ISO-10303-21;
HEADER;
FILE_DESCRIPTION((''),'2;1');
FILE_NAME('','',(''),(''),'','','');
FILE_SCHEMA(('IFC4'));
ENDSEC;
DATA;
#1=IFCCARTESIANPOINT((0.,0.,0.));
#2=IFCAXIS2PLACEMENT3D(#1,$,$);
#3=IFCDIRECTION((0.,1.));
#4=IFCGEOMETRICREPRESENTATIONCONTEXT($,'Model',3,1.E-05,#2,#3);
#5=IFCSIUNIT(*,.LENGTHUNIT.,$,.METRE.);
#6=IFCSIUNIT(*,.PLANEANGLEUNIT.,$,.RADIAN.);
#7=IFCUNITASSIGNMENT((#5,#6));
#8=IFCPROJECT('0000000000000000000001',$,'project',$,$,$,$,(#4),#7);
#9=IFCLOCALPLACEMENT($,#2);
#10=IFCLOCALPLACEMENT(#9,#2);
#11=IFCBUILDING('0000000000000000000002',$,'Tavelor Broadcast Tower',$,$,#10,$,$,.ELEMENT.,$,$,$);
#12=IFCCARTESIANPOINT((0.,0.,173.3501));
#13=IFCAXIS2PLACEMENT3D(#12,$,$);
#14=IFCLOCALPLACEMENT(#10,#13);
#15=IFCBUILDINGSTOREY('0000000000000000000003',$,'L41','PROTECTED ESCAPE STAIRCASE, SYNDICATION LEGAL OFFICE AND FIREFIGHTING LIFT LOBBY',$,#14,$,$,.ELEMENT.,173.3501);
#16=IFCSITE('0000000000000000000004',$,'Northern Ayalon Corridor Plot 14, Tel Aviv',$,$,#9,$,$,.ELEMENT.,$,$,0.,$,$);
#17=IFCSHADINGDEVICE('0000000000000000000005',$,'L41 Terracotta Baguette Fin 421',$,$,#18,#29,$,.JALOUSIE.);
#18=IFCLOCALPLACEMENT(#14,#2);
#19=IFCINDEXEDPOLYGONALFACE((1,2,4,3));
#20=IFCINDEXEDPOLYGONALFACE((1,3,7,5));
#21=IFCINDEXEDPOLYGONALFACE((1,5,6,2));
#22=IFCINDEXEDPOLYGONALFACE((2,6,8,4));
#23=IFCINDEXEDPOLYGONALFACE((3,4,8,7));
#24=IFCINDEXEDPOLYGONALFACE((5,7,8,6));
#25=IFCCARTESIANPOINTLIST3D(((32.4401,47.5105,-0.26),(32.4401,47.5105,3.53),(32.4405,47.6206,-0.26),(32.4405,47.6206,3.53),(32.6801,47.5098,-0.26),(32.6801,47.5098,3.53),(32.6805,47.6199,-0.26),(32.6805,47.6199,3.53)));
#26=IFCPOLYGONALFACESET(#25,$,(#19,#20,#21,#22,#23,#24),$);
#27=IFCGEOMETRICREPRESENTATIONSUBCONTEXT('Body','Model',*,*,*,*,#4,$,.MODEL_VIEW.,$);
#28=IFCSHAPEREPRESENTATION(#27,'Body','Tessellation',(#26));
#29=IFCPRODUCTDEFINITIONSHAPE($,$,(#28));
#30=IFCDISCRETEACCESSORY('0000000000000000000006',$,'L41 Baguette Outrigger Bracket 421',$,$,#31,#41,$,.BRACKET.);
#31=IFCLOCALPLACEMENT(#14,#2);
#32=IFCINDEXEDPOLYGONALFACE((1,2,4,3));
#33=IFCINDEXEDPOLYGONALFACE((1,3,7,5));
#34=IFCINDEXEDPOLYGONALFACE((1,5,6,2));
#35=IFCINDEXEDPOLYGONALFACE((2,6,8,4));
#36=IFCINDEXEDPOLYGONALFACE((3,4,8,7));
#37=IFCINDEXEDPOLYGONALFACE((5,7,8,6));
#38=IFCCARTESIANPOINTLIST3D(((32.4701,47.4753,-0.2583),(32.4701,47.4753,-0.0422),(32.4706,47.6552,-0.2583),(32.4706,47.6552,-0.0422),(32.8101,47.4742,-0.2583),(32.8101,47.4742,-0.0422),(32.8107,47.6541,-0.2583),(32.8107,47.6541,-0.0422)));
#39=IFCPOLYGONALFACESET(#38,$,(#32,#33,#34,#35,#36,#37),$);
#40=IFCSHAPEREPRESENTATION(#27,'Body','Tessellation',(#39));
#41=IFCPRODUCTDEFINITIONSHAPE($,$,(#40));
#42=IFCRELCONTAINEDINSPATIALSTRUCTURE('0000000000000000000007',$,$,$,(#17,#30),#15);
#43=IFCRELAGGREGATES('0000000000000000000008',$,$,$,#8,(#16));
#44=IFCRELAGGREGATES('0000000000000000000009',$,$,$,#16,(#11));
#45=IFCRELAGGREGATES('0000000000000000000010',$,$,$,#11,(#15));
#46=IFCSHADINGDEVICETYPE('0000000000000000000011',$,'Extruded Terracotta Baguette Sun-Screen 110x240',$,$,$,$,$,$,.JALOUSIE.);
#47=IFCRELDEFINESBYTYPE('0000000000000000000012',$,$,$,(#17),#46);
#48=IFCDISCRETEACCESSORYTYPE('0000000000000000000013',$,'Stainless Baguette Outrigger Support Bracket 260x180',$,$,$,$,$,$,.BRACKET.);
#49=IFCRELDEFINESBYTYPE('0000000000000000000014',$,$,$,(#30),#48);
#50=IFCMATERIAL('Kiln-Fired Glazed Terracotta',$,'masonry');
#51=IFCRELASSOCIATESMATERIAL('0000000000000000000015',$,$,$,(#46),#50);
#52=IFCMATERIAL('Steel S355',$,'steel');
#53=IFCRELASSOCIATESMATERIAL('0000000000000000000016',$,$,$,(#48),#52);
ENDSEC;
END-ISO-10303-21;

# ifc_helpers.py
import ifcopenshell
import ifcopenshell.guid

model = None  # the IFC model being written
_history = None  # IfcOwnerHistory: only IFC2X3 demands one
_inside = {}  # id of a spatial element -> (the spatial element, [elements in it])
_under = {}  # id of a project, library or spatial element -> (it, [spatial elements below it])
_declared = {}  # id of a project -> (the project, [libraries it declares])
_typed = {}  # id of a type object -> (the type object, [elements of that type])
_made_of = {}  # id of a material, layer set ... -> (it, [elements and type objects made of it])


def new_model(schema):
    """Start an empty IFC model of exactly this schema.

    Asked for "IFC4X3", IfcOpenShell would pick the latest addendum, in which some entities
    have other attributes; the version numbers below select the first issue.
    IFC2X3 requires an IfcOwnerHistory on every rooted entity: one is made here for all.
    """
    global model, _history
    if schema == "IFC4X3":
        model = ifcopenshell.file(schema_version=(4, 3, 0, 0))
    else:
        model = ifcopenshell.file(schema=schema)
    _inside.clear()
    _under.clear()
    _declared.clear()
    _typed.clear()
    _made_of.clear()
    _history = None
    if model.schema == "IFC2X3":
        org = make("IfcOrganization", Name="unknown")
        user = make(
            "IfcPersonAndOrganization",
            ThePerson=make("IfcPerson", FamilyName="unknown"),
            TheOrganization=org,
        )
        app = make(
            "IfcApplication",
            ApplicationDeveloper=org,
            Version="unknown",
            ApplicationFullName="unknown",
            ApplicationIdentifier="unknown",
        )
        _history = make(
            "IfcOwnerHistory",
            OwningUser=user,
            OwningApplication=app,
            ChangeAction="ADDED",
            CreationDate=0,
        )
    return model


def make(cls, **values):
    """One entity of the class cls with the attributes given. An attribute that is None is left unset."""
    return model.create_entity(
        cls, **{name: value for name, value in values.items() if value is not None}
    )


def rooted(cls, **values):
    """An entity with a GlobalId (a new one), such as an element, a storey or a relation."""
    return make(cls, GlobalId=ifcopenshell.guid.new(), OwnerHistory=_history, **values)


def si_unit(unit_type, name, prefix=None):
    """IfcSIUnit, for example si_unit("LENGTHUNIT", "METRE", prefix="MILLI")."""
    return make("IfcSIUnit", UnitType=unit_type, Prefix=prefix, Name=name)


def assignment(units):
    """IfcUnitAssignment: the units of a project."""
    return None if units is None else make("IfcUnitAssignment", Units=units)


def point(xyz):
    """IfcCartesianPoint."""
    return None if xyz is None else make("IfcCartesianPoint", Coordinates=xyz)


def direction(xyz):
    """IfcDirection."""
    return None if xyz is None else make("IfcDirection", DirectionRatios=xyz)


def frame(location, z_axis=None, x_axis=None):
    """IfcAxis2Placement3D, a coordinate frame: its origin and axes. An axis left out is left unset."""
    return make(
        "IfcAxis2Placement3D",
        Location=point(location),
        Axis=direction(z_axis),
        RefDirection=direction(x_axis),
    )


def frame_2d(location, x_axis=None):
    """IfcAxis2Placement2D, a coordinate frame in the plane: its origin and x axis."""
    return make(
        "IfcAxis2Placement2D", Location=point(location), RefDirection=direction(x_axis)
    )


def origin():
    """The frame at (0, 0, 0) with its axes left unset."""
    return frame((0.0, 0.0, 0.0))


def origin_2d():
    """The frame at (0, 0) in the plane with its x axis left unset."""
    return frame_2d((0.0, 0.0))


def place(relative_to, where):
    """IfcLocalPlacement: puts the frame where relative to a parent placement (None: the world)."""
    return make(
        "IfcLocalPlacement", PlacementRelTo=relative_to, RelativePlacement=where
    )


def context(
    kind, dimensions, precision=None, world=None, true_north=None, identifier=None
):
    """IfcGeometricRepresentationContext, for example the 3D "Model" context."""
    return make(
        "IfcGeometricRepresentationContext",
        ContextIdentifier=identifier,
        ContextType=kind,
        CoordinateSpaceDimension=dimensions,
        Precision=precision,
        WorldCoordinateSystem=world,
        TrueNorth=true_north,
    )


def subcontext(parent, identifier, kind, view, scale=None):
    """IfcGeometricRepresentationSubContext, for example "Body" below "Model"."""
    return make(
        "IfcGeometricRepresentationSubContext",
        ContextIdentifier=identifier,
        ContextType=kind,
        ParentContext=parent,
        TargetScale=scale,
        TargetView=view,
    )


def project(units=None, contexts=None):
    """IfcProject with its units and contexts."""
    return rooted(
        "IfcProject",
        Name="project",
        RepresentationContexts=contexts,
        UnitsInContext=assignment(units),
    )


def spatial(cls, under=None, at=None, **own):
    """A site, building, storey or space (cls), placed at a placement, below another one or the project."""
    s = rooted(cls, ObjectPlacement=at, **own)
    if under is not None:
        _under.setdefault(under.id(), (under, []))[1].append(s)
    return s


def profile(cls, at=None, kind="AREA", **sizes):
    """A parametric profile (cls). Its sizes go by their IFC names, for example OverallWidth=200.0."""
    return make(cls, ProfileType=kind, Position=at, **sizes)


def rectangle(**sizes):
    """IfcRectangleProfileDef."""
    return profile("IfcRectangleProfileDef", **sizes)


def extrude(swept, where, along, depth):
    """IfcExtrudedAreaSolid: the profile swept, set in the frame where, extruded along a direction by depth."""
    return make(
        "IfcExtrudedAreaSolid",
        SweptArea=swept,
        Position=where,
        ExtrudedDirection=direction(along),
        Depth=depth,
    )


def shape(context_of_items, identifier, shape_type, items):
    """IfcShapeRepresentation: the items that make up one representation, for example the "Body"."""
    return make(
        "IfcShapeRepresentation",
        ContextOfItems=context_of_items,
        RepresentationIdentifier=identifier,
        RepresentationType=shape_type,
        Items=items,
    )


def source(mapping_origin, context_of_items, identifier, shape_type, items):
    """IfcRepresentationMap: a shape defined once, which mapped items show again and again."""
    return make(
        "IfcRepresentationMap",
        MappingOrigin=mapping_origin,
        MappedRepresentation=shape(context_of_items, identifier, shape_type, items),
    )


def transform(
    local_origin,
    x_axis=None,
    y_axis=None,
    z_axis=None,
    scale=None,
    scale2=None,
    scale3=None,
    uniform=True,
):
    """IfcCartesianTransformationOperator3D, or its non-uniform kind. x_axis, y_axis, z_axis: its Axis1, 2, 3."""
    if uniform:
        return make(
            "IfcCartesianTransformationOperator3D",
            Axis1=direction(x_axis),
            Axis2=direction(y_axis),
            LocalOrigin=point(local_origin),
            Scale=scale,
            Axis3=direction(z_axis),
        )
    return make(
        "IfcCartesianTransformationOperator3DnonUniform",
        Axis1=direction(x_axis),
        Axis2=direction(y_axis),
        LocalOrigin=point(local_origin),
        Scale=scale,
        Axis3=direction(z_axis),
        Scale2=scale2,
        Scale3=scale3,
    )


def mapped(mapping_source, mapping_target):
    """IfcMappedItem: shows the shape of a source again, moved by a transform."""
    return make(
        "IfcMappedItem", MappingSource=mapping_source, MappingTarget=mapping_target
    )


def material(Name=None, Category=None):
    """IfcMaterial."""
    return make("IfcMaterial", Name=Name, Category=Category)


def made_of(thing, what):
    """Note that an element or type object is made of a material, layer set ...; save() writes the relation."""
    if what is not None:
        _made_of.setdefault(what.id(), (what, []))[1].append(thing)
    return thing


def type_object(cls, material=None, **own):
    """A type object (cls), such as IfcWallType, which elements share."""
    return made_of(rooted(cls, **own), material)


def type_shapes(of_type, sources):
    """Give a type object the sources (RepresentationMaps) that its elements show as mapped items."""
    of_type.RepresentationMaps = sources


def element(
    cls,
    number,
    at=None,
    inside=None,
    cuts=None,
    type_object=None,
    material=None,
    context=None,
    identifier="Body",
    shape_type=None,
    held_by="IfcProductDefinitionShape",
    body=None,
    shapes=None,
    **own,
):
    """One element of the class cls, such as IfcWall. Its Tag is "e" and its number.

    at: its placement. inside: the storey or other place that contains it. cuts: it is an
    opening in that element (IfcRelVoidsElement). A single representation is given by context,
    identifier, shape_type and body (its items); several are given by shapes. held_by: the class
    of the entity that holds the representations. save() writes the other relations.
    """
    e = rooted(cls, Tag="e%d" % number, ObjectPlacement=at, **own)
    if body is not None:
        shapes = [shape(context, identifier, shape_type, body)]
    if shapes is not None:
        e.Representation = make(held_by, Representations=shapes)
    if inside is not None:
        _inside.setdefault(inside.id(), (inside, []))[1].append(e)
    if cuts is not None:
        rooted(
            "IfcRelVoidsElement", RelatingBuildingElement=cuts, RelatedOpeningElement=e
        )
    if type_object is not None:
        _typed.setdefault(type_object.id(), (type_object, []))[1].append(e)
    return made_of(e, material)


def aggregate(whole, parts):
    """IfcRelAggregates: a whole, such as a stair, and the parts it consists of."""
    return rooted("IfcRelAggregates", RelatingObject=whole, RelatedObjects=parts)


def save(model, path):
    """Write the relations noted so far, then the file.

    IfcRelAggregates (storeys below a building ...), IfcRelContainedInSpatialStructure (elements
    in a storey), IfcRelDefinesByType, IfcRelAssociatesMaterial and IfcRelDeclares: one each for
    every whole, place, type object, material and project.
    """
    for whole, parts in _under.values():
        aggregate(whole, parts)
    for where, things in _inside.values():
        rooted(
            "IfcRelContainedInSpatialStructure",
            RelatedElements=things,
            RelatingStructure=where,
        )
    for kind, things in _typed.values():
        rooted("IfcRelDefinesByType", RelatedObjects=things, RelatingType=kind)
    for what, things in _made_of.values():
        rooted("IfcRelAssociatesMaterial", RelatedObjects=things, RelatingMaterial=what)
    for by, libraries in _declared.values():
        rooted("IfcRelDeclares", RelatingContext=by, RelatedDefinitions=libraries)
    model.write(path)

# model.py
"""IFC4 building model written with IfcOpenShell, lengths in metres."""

from ifc_helpers import new_model, si_unit, direction, frame, origin, origin_2d, place, context, subcontext, project, spatial, rectangle, extrude, source, transform, mapped, material, type_object, type_shapes, element, save


model = new_model("IFC4")

# Units and contexts
model_context = context("Model", 3, precision=1e-05, world=origin(), true_north=direction((0.0, 1.0)))
body_context = subcontext(model_context, "Body", "Model", "MODEL_VIEW")
ifc_project = project(units=[si_unit("LENGTHUNIT", "METRE"), si_unit("PLANEANGLEUNIT", "RADIAN")], contexts=[model_context])

# Site, building, storey
site_placement = place(None, origin())
site = spatial("IfcSite", under=ifc_project, at=site_placement, Name="Northern Ayalon Corridor Plot 14, Tel Aviv", CompositionType="ELEMENT", RefElevation=0.0)
building_placement = place(site_placement, origin())
building = spatial("IfcBuilding", under=site, at=building_placement, Name="Tavelor Broadcast Tower", CompositionType="ELEMENT")
storey_placement = place(building_placement, frame((0.0, 0.0, 173.3501)))
storey = spatial("IfcBuildingStorey", under=building, at=storey_placement, Name="L41", Description="PROTECTED ESCAPE STAIRCASE, SYNDICATION LEGAL OFFICE AND FIREFIGHTING LIFT LOBBY", CompositionType="ELEMENT", Elevation=173.3501)

# Shared definitions
ifc_material_1 = material(Name="Steel S355", Category="steel")

# Shading device
ifc_material_2 = material(Name="Kiln-Fired Glazed Terracotta", Category="masonry")
shading_device_type = type_object("IfcShadingDeviceType", Name="Extruded Terracotta Baguette Sun-Screen 110x240", PredefinedType="JALOUSIE", material=ifc_material_2)
shared_shape_1 = source(origin(), body_context, "Body", "SweptSolid", [
    extrude(rectangle(XDim=0.1101, YDim=0.24, at=origin_2d()), origin(), (0.0, 0.0, 1.0), 3.79),
])
type_shapes(shading_device_type, [shared_shape_1])
shading_device_placement = place(storey_placement, frame((32.5603, 47.5652, -0.26), z_axis=(0.0, 0.0, 1.0), x_axis=(-0.003142, -0.999995, 0.0)))
element("IfcShadingDevice", 1, at=shading_device_placement, inside=storey, type_object=shading_device_type, Name="L41 Terracotta Baguette Fin 421", PredefinedType="JALOUSIE", context=body_context, shape_type="MappedRepresentation", body=[
    mapped(shared_shape_1, transform((0.0, 0.0, 0.0), scale=1.0)),
])

# Discrete accessory
discrete_accessory_type = type_object("IfcDiscreteAccessoryType", Name="Stainless Baguette Outrigger Support Bracket 260x180", PredefinedType="BRACKET", material=ifc_material_1)
shared_shape_2 = source(origin(), body_context, "Body", "SweptSolid", [
    extrude(rectangle(XDim=0.1799, YDim=0.3401, at=origin_2d()), origin(), (0.0, 0.0, 1.0), 0.2161),
])
type_shapes(discrete_accessory_type, [shared_shape_2])
discrete_accessory_placement = place(storey_placement, frame((32.6404, 47.5647, -0.2583), z_axis=(0.0, 0.0, 1.0), x_axis=(-0.003142, -0.999995, 0.0)))
element("IfcDiscreteAccessory", 2, at=discrete_accessory_placement, inside=storey, type_object=discrete_accessory_type, Name="L41 Baguette Outrigger Bracket 421", PredefinedType="BRACKET", context=body_context, shape_type="MappedRepresentation", body=[
    mapped(shared_shape_2, transform((0.0, 0.0, 0.0), scale=1.0)),
])

save(model, "model.ifc")
